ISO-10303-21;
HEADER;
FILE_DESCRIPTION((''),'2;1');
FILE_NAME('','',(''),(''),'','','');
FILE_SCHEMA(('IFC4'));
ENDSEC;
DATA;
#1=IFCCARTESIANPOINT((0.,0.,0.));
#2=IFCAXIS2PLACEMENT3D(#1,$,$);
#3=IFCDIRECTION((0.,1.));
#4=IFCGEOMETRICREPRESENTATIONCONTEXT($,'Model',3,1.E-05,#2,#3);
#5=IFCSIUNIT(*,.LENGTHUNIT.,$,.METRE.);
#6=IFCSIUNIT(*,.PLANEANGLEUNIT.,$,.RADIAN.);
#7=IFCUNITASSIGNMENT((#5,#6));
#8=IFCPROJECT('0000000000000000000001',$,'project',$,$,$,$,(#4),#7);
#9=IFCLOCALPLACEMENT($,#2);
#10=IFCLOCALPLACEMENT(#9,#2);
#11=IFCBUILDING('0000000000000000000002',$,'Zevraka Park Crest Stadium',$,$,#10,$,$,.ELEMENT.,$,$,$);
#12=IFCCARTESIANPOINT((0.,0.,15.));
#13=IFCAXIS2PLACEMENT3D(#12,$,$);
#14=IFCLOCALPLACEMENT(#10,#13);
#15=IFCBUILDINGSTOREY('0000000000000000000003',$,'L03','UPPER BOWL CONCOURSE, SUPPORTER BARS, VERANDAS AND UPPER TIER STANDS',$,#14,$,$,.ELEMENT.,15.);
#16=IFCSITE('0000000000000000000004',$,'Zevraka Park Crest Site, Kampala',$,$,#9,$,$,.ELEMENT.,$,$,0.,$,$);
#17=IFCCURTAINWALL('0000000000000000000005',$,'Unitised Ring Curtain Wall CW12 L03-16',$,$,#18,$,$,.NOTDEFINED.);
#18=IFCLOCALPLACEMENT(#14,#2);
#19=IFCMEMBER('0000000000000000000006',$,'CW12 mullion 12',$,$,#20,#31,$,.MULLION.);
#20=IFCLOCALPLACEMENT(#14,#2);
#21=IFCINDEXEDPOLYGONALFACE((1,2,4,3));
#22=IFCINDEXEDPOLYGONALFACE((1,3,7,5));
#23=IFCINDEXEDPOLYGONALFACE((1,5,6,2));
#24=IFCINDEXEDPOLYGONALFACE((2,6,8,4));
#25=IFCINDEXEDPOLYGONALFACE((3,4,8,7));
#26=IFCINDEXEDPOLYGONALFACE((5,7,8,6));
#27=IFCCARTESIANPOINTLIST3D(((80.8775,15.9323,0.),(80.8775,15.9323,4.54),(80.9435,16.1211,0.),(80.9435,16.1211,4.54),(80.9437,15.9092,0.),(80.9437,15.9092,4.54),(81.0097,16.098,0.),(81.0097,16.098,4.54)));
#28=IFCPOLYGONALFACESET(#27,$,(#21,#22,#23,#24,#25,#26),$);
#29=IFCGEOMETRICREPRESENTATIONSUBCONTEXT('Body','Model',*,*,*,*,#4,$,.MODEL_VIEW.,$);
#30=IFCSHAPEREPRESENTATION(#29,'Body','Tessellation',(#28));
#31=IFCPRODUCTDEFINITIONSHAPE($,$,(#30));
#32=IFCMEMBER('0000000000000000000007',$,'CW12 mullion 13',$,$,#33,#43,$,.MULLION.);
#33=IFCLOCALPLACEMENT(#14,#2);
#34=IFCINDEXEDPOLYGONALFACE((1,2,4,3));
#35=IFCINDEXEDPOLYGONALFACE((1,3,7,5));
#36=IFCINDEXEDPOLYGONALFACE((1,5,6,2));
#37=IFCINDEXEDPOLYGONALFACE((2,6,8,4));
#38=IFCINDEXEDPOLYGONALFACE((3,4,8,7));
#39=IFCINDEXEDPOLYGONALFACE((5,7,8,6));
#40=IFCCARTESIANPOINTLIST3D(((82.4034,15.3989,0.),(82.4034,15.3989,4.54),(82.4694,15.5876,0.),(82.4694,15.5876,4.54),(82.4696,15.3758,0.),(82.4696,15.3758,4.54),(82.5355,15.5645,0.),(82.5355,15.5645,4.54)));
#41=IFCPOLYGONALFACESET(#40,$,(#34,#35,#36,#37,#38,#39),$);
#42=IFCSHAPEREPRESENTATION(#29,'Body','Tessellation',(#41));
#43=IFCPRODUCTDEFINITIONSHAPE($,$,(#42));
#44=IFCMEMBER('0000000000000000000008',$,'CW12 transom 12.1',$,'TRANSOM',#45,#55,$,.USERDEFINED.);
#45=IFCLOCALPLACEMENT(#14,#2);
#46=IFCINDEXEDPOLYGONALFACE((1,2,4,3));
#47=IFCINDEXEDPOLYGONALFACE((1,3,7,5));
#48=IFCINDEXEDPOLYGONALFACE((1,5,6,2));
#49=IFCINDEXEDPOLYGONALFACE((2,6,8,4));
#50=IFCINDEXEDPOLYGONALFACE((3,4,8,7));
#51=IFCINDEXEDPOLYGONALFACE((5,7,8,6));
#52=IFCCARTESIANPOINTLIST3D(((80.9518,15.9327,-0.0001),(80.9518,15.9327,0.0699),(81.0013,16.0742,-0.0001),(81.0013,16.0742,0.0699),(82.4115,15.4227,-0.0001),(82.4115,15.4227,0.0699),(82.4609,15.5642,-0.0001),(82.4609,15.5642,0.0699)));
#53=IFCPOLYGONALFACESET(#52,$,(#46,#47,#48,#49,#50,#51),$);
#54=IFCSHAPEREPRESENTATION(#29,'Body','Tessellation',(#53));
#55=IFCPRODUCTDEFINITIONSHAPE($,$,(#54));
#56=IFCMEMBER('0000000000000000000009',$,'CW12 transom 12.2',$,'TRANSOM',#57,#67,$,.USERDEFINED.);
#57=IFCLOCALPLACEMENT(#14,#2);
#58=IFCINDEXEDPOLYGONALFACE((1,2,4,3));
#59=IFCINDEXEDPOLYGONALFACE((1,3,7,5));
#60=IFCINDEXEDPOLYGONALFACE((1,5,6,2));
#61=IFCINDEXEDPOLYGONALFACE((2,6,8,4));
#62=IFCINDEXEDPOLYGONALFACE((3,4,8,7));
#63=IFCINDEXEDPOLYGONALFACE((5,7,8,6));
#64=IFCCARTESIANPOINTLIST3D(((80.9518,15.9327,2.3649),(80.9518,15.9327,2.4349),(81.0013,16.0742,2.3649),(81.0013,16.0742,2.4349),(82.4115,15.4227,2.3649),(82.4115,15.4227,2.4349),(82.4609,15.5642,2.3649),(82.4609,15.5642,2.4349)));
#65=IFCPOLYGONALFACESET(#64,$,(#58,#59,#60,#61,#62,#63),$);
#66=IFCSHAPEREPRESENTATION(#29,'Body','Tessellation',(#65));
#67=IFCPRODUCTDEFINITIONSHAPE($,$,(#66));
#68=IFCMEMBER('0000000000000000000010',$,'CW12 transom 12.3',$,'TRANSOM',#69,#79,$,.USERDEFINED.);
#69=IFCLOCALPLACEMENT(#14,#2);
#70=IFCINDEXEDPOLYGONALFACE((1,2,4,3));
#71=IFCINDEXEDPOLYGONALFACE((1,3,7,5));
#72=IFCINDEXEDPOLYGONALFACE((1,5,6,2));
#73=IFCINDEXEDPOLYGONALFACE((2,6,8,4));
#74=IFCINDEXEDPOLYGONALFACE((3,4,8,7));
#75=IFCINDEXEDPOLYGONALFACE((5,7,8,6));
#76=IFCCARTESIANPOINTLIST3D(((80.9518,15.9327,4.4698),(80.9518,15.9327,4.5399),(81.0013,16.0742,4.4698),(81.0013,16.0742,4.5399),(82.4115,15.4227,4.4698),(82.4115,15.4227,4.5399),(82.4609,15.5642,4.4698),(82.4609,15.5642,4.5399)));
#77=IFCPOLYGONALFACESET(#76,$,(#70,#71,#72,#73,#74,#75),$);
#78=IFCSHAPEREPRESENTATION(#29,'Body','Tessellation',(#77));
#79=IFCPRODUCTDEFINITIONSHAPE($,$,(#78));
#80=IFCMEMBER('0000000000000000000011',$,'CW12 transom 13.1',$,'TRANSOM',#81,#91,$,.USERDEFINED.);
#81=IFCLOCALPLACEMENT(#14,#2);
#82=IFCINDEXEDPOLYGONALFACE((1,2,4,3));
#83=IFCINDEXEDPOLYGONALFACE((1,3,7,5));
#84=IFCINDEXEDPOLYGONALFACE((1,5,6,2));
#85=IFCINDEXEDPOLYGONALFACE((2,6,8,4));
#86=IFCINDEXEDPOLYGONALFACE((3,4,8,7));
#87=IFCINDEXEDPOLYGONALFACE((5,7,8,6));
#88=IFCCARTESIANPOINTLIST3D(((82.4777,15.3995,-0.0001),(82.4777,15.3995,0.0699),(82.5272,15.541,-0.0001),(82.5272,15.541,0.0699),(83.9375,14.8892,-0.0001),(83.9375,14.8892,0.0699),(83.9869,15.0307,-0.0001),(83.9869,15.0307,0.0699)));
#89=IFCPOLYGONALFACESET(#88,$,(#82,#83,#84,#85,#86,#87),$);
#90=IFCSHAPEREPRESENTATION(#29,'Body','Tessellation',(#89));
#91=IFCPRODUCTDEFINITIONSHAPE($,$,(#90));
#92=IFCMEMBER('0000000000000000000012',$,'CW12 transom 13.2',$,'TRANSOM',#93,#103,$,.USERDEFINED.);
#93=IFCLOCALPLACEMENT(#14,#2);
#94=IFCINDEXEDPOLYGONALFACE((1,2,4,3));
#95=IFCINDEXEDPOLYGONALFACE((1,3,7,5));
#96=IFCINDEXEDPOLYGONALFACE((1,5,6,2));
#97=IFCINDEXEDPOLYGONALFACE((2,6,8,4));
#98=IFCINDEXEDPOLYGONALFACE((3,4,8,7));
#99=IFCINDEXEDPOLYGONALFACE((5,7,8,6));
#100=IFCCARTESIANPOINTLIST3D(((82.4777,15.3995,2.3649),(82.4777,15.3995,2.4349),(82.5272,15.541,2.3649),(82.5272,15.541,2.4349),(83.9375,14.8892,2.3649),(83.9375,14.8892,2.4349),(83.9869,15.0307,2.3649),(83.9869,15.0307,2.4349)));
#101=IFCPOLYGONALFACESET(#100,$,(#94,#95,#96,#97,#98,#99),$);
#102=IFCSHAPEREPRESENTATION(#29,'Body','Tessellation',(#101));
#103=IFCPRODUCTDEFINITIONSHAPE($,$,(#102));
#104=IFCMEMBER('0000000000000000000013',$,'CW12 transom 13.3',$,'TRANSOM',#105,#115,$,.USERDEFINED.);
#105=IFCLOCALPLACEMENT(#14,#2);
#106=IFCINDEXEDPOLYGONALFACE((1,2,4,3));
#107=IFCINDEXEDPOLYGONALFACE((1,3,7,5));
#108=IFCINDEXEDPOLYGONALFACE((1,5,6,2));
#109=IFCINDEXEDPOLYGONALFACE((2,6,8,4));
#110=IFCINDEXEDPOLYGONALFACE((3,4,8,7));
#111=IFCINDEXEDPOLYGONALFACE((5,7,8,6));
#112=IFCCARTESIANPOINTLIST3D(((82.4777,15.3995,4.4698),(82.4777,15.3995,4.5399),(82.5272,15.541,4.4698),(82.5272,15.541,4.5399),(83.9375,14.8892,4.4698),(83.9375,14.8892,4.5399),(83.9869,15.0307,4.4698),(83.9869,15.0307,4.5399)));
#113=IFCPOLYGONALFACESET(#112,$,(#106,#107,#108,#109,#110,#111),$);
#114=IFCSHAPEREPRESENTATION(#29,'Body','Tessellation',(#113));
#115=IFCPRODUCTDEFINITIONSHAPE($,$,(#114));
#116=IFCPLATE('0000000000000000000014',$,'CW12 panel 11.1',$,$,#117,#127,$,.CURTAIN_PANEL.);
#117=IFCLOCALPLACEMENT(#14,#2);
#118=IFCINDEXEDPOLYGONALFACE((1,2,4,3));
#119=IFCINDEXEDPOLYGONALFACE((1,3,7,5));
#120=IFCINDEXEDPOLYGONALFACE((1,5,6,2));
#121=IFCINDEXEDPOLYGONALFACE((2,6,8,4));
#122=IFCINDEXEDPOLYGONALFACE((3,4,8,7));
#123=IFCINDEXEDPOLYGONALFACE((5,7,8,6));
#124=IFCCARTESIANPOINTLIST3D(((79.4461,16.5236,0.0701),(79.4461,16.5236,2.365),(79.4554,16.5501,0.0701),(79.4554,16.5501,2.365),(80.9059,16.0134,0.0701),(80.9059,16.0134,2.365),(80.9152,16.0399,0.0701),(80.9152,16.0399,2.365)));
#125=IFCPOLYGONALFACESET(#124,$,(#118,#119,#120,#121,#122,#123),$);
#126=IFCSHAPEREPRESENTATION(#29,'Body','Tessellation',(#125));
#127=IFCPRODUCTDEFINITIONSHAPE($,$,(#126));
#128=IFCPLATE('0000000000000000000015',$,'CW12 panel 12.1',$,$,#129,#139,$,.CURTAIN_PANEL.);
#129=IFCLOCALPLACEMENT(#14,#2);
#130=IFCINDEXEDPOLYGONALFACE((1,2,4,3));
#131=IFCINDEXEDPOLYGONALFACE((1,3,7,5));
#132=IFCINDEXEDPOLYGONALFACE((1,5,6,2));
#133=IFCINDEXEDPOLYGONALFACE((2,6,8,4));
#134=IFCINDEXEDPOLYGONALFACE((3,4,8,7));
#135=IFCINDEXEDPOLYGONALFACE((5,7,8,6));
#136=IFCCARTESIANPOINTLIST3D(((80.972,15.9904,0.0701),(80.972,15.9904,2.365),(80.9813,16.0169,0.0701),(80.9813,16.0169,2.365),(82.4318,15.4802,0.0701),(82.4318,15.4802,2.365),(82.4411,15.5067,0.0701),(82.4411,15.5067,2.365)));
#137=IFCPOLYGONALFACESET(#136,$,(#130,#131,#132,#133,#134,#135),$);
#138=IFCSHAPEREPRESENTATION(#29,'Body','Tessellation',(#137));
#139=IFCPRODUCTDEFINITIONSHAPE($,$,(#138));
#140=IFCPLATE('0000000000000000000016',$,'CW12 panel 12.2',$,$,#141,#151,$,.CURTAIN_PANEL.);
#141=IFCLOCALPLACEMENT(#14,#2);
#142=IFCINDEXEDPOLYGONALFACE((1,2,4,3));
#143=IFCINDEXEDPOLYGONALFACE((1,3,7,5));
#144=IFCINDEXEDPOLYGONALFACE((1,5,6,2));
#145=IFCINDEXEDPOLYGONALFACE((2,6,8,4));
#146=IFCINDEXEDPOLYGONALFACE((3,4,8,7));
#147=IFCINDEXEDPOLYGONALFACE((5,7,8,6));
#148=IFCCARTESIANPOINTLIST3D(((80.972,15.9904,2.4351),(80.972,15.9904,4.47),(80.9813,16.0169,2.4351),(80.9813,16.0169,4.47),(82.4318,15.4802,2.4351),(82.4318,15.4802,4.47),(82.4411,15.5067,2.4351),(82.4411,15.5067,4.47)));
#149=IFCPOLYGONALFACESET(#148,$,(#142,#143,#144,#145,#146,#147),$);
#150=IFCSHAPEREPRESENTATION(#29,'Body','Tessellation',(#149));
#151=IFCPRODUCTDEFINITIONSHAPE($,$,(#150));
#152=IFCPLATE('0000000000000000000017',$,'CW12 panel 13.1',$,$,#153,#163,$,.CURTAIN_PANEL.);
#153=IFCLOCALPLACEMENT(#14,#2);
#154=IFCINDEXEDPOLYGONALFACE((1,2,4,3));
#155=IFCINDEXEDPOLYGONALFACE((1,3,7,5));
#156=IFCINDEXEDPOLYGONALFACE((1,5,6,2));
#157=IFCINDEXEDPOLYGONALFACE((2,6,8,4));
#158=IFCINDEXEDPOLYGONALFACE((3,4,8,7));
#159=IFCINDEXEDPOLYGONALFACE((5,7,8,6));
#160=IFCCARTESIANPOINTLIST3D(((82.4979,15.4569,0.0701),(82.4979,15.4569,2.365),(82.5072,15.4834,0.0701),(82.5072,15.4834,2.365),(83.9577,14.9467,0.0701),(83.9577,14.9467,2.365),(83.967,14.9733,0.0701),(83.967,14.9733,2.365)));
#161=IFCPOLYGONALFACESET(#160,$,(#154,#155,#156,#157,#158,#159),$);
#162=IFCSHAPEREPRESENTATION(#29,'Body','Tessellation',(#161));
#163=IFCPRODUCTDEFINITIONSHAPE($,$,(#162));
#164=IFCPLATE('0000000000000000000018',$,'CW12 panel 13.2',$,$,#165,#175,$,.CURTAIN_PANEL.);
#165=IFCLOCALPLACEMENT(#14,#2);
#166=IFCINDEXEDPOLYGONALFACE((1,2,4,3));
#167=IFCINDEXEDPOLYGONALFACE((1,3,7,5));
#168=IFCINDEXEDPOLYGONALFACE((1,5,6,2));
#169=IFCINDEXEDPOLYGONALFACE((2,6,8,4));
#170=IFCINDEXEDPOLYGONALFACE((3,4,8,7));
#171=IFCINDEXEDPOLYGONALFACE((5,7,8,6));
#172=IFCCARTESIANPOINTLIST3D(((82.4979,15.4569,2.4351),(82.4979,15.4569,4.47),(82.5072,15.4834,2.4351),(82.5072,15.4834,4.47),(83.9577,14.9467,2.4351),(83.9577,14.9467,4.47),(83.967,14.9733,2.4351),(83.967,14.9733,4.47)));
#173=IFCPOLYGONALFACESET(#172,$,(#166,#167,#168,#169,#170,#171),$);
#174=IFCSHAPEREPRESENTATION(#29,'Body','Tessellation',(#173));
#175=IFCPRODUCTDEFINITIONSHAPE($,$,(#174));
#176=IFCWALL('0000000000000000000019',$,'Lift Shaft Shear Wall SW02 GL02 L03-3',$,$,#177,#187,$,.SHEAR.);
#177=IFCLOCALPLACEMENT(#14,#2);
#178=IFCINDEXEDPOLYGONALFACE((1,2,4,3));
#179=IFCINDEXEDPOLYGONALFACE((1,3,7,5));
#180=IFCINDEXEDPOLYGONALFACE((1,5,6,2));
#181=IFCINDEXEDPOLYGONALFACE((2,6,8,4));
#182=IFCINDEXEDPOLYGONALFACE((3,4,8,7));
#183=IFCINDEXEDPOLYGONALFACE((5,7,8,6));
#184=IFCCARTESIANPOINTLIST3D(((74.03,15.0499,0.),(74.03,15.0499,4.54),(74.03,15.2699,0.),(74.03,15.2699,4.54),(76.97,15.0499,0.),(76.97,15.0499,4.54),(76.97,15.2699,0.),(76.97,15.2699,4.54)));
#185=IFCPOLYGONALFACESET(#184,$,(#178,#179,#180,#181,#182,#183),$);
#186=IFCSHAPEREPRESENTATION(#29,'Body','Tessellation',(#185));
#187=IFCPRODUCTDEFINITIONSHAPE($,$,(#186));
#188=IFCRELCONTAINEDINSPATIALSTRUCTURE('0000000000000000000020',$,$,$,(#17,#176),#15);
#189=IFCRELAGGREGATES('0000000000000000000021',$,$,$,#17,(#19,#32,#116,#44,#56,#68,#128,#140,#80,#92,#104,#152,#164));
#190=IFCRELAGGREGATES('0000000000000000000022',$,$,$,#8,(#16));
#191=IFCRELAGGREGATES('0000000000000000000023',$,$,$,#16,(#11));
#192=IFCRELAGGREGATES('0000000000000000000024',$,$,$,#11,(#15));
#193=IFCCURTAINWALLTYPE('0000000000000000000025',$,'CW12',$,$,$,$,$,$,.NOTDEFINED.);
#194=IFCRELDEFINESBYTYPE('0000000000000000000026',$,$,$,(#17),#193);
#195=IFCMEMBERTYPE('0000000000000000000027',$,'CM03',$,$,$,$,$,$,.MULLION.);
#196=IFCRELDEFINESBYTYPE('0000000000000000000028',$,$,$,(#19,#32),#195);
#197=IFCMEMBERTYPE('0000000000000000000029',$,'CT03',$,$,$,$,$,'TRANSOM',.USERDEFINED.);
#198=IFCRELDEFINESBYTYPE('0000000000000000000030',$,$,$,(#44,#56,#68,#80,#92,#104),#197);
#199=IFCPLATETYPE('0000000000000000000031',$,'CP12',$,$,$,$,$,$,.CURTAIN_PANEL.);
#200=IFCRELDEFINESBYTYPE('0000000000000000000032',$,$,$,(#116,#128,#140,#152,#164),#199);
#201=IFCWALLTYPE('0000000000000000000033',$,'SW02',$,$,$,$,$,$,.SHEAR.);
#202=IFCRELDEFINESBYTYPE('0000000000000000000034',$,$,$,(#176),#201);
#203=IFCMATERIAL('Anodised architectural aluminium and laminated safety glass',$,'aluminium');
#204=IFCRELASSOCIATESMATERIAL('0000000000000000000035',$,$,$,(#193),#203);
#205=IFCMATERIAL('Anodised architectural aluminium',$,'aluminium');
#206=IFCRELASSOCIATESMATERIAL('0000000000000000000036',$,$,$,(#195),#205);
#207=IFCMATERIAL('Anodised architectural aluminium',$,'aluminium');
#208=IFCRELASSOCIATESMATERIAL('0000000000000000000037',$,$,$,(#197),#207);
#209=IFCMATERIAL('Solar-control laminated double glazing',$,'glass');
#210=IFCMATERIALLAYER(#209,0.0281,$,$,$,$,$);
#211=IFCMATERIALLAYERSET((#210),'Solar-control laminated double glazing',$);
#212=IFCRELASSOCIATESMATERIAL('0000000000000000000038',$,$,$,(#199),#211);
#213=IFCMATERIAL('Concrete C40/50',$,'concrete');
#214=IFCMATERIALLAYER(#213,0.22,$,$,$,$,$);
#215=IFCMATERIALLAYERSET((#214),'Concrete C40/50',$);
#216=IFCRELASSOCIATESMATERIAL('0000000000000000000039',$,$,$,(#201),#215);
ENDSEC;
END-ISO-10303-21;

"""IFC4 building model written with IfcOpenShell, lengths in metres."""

from ifc_helpers import new_model, si_unit, direction, frame, frame_2d, origin, origin_2d, place, context, subcontext, project, spatial, rectangle, extrude, material, layer, layer_set, material_profile, profile_set, type_object, element, aggregate, save


model = new_model("IFC4")

# Units and contexts
model_context = context("Model", 3, precision=1e-05, world=origin(), true_north=direction((0.0, 1.0)))
body_context = subcontext(model_context, "Body", "Model", "MODEL_VIEW")
ifc_project = project(units=[si_unit("LENGTHUNIT", "METRE"), si_unit("PLANEANGLEUNIT", "RADIAN")], contexts=[model_context])

# Site, building, storey
site_placement = place(None, origin())
site = spatial("IfcSite", under=ifc_project, at=site_placement, Name="Zevraka Park Crest Site, Kampala", CompositionType="ELEMENT", RefElevation=0.0)
building_placement = place(site_placement, origin())
building = spatial("IfcBuilding", under=site, at=building_placement, Name="Zevraka Park Crest Stadium", CompositionType="ELEMENT")
storey_placement = place(building_placement, frame((0.0, 0.0, 15.0)))
storey = spatial("IfcBuildingStorey", under=building, at=storey_placement, Name="L03", Description="UPPER BOWL CONCOURSE, SUPPORTER BARS, VERANDAS AND UPPER TIER STANDS", CompositionType="ELEMENT", Elevation=15.0)

# Curtain wall, members, plates
ifc_material_1 = material(Name="Anodised architectural aluminium and laminated safety glass", Category="aluminium")
curtain_wall_type = type_object("IfcCurtainWallType", Name="CW12", PredefinedType="NOTDEFINED", material=ifc_material_1)
curtain_wall_placement = place(storey_placement, origin())
curtain_wall = element("IfcCurtainWall", 1, at=curtain_wall_placement, inside=storey, type_object=curtain_wall_type, Name="Unitised Ring Curtain Wall CW12 L03-16", PredefinedType="NOTDEFINED")
ifc_material_2 = material(Name="Anodised architectural aluminium", Category="aluminium")
ifc_material_profile_1 = material_profile(ifc_material_2, rectangle(XDim=0.2, YDim=0.0701, at=origin_2d()), Name="ALU MULLION 200x70")
ifc_profile_set_1 = profile_set([ifc_material_profile_1], Name="Anodised architectural aluminium")
member_type_1 = type_object("IfcMemberType", Name="CM03", PredefinedType="MULLION", material=ifc_profile_set_1)
member_1_placement = place(storey_placement, frame((80.9436, 16.0151, 0.0), z_axis=(0.0, 0.0, 1.0), x_axis=(0.329917, 0.94401, 0.0)))
member_1 = element("IfcMember", 2, at=member_1_placement, type_object=member_type_1, Name="CW12 mullion 12", PredefinedType="MULLION", context=body_context, shape_type="SweptSolid", body=[
    extrude(rectangle(XDim=0.2, YDim=0.0701, at=origin_2d()), origin(), (0.0, 0.0, 1.0), 4.54),
])
member_2_placement = place(storey_placement, frame((82.4695, 15.4817, 0.0), z_axis=(0.0, 0.0, 1.0), x_axis=(0.329917, 0.94401, 0.0)))
member_2 = element("IfcMember", 3, at=member_2_placement, type_object=member_type_1, Name="CW12 mullion 13", PredefinedType="MULLION", context=body_context, shape_type="SweptSolid", body=[
    extrude(rectangle(XDim=0.2, YDim=0.0701, at=origin_2d()), origin(), (0.0, 0.0, 1.0), 4.54),
])
ifc_material_3 = material(Name="Anodised architectural aluminium", Category="aluminium")
ifc_material_profile_2 = material_profile(ifc_material_3, rectangle(XDim=0.1499, YDim=0.0701, at=origin_2d()), Name="ALU TRANSOM 150x70")
ifc_profile_set_2 = profile_set([ifc_material_profile_2], Name="Anodised architectural aluminium")
member_type_2 = type_object("IfcMemberType", Name="CT03", ElementType="TRANSOM", PredefinedType="USERDEFINED", material=ifc_profile_set_2)
member_3_placement = place(storey_placement, frame((80.9766, 16.0034, 0.0349), z_axis=(0.944038, -0.329837, 0.0), x_axis=(0.329837, 0.944038, 0.0)))
member_3 = element("IfcMember", 4, at=member_3_placement, type_object=member_type_2, Name="CW12 transom 12.1", ObjectType="TRANSOM", PredefinedType="USERDEFINED", context=body_context, shape_type="SweptSolid", body=[
    extrude(rectangle(XDim=0.1499, YDim=0.0701, at=origin_2d()), origin(), (0.0, 0.0, 1.0), 1.5461),
])
member_4_placement = place(storey_placement, frame((80.9766, 16.0034, 2.3999), z_axis=(0.944038, -0.329837, 0.0), x_axis=(0.329837, 0.944038, 0.0)))
member_4 = element("IfcMember", 5, at=member_4_placement, type_object=member_type_2, Name="CW12 transom 12.2", ObjectType="TRANSOM", PredefinedType="USERDEFINED", context=body_context, shape_type="SweptSolid", body=[
    extrude(rectangle(XDim=0.1499, YDim=0.0701, at=origin_2d()), origin(), (0.0, 0.0, 1.0), 1.5461),
])
member_5_placement = place(storey_placement, frame((80.9766, 16.0034, 4.5049), z_axis=(0.944038, -0.329837, 0.0), x_axis=(0.329837, 0.944038, 0.0)))
member_5 = element("IfcMember", 6, at=member_5_placement, type_object=member_type_2, Name="CW12 transom 12.3", ObjectType="TRANSOM", PredefinedType="USERDEFINED", context=body_context, shape_type="SweptSolid", body=[
    extrude(rectangle(XDim=0.1499, YDim=0.0701, at=origin_2d()), origin(), (0.0, 0.0, 1.0), 1.5461),
])
member_6_placement = place(storey_placement, frame((82.5024, 15.4702, 0.0349), z_axis=(0.943989, -0.329978, 0.0), x_axis=(0.329978, 0.943989, 0.0)))
member_6 = element("IfcMember", 7, at=member_6_placement, type_object=member_type_2, Name="CW12 transom 13.1", ObjectType="TRANSOM", PredefinedType="USERDEFINED", context=body_context, shape_type="SweptSolid", body=[
    extrude(rectangle(XDim=0.1499, YDim=0.0701, at=origin_2d()), origin(), (0.0, 0.0, 1.0), 1.5464),
])
member_7_placement = place(storey_placement, frame((82.5024, 15.4702, 2.3999), z_axis=(0.943989, -0.329978, 0.0), x_axis=(0.329978, 0.943989, 0.0)))
member_7 = element("IfcMember", 8, at=member_7_placement, type_object=member_type_2, Name="CW12 transom 13.2", ObjectType="TRANSOM", PredefinedType="USERDEFINED", context=body_context, shape_type="SweptSolid", body=[
    extrude(rectangle(XDim=0.1499, YDim=0.0701, at=origin_2d()), origin(), (0.0, 0.0, 1.0), 1.5464),
])
member_8_placement = place(storey_placement, frame((82.5024, 15.4702, 4.5049), z_axis=(0.943989, -0.329978, 0.0), x_axis=(0.329978, 0.943989, 0.0)))
member_8 = element("IfcMember", 9, at=member_8_placement, type_object=member_type_2, Name="CW12 transom 13.3", ObjectType="TRANSOM", PredefinedType="USERDEFINED", context=body_context, shape_type="SweptSolid", body=[
    extrude(rectangle(XDim=0.1499, YDim=0.0701, at=origin_2d()), origin(), (0.0, 0.0, 1.0), 1.5464),
])
ifc_material_4 = material(Name="Solar-control laminated double glazing", Category="glass")
ifc_layer_1 = layer(ifc_material_4, 0.0281)
ifc_layer_set_1 = layer_set([ifc_layer_1], Name="Solar-control laminated double glazing")
plate_type = type_object("IfcPlateType", Name="CP12", PredefinedType="CURTAIN_PANEL", material=ifc_layer_set_1)
plate_1_placement = place(storey_placement, frame((80.1807, 16.2817, 0.0701), z_axis=(0.0, 0.0, 1.0), x_axis=(0.94401, -0.329917, 0.0)))
plate_1 = element("IfcPlate", 10, at=plate_1_placement, type_object=plate_type, Name="CW12 panel 11.1", PredefinedType="CURTAIN_PANEL", context=body_context, shape_type="SweptSolid", body=[
    extrude(rectangle(XDim=1.5464, YDim=0.0281, at=origin_2d()), origin(), (0.0, 0.0, 1.0), 2.2949),
])
plate_2_placement = place(storey_placement, frame((81.7065, 15.7485, 0.0701), z_axis=(0.0, 0.0, 1.0), x_axis=(0.94401, -0.329917, 0.0)))
plate_2 = element("IfcPlate", 11, at=plate_2_placement, type_object=plate_type, Name="CW12 panel 12.1", PredefinedType="CURTAIN_PANEL", context=body_context, shape_type="SweptSolid", body=[
    extrude(rectangle(XDim=1.5464, YDim=0.0281, at=origin_2d()), origin(), (0.0, 0.0, 1.0), 2.2949),
])
plate_3_placement = place(storey_placement, frame((81.7065, 15.7485, 2.4351), z_axis=(0.0, 0.0, 1.0), x_axis=(0.94401, -0.329917, 0.0)))
plate_3 = element("IfcPlate", 12, at=plate_3_placement, type_object=plate_type, Name="CW12 panel 12.2", PredefinedType="CURTAIN_PANEL", context=body_context, shape_type="SweptSolid", body=[
    extrude(rectangle(XDim=1.5464, YDim=0.0281, at=origin_2d()), origin(), (0.0, 0.0, 1.0), 2.0349),
])
plate_4_placement = place(storey_placement, frame((83.2324, 15.2151, 0.0701), z_axis=(0.0, 0.0, 1.0), x_axis=(0.94401, -0.329917, 0.0)))
plate_4 = element("IfcPlate", 13, at=plate_4_placement, type_object=plate_type, Name="CW12 panel 13.1", PredefinedType="CURTAIN_PANEL", context=body_context, shape_type="SweptSolid", body=[
    extrude(rectangle(XDim=1.5464, YDim=0.0281, at=origin_2d()), origin(), (0.0, 0.0, 1.0), 2.2949),
])
plate_5_placement = place(storey_placement, frame((83.2324, 15.2151, 2.4351), z_axis=(0.0, 0.0, 1.0), x_axis=(0.94401, -0.329917, 0.0)))
plate_5 = element("IfcPlate", 14, at=plate_5_placement, type_object=plate_type, Name="CW12 panel 13.2", PredefinedType="CURTAIN_PANEL", context=body_context, shape_type="SweptSolid", body=[
    extrude(rectangle(XDim=1.5464, YDim=0.0281, at=origin_2d()), origin(), (0.0, 0.0, 1.0), 2.0349),
])
aggregate(curtain_wall, [member_1, member_2, plate_1, member_3, member_4, member_5, plate_2, plate_3, member_6, member_7, member_8, plate_4, plate_5])

# Wall
ifc_material_5 = material(Name="Concrete C40/50", Category="concrete")
ifc_layer_2 = layer(ifc_material_5, 0.22)
ifc_layer_set_2 = layer_set([ifc_layer_2], Name="Concrete C40/50")
wall_type = type_object("IfcWallType", Name="SW02", PredefinedType="SHEAR", material=ifc_layer_set_2)
wall_1_placement = place(storey_placement, frame((76.97, 15.1599, 0.0), z_axis=(0.0, 0.0, 1.0), x_axis=(-1.0, 0.0, 0.0)))
element("IfcWall", 15, at=wall_1_placement, inside=storey, type_object=wall_type, Name="Lift Shaft Shear Wall SW02 GL02 L03-3", PredefinedType="SHEAR", context=body_context, shape_type="SweptSolid", body=[
    extrude(rectangle(XDim=2.9399, YDim=0.22, at=frame_2d((1.47, 0.0))), origin(), (0.0, 0.0, 1.0), 4.54),
])

save(model, "model.ifc")
